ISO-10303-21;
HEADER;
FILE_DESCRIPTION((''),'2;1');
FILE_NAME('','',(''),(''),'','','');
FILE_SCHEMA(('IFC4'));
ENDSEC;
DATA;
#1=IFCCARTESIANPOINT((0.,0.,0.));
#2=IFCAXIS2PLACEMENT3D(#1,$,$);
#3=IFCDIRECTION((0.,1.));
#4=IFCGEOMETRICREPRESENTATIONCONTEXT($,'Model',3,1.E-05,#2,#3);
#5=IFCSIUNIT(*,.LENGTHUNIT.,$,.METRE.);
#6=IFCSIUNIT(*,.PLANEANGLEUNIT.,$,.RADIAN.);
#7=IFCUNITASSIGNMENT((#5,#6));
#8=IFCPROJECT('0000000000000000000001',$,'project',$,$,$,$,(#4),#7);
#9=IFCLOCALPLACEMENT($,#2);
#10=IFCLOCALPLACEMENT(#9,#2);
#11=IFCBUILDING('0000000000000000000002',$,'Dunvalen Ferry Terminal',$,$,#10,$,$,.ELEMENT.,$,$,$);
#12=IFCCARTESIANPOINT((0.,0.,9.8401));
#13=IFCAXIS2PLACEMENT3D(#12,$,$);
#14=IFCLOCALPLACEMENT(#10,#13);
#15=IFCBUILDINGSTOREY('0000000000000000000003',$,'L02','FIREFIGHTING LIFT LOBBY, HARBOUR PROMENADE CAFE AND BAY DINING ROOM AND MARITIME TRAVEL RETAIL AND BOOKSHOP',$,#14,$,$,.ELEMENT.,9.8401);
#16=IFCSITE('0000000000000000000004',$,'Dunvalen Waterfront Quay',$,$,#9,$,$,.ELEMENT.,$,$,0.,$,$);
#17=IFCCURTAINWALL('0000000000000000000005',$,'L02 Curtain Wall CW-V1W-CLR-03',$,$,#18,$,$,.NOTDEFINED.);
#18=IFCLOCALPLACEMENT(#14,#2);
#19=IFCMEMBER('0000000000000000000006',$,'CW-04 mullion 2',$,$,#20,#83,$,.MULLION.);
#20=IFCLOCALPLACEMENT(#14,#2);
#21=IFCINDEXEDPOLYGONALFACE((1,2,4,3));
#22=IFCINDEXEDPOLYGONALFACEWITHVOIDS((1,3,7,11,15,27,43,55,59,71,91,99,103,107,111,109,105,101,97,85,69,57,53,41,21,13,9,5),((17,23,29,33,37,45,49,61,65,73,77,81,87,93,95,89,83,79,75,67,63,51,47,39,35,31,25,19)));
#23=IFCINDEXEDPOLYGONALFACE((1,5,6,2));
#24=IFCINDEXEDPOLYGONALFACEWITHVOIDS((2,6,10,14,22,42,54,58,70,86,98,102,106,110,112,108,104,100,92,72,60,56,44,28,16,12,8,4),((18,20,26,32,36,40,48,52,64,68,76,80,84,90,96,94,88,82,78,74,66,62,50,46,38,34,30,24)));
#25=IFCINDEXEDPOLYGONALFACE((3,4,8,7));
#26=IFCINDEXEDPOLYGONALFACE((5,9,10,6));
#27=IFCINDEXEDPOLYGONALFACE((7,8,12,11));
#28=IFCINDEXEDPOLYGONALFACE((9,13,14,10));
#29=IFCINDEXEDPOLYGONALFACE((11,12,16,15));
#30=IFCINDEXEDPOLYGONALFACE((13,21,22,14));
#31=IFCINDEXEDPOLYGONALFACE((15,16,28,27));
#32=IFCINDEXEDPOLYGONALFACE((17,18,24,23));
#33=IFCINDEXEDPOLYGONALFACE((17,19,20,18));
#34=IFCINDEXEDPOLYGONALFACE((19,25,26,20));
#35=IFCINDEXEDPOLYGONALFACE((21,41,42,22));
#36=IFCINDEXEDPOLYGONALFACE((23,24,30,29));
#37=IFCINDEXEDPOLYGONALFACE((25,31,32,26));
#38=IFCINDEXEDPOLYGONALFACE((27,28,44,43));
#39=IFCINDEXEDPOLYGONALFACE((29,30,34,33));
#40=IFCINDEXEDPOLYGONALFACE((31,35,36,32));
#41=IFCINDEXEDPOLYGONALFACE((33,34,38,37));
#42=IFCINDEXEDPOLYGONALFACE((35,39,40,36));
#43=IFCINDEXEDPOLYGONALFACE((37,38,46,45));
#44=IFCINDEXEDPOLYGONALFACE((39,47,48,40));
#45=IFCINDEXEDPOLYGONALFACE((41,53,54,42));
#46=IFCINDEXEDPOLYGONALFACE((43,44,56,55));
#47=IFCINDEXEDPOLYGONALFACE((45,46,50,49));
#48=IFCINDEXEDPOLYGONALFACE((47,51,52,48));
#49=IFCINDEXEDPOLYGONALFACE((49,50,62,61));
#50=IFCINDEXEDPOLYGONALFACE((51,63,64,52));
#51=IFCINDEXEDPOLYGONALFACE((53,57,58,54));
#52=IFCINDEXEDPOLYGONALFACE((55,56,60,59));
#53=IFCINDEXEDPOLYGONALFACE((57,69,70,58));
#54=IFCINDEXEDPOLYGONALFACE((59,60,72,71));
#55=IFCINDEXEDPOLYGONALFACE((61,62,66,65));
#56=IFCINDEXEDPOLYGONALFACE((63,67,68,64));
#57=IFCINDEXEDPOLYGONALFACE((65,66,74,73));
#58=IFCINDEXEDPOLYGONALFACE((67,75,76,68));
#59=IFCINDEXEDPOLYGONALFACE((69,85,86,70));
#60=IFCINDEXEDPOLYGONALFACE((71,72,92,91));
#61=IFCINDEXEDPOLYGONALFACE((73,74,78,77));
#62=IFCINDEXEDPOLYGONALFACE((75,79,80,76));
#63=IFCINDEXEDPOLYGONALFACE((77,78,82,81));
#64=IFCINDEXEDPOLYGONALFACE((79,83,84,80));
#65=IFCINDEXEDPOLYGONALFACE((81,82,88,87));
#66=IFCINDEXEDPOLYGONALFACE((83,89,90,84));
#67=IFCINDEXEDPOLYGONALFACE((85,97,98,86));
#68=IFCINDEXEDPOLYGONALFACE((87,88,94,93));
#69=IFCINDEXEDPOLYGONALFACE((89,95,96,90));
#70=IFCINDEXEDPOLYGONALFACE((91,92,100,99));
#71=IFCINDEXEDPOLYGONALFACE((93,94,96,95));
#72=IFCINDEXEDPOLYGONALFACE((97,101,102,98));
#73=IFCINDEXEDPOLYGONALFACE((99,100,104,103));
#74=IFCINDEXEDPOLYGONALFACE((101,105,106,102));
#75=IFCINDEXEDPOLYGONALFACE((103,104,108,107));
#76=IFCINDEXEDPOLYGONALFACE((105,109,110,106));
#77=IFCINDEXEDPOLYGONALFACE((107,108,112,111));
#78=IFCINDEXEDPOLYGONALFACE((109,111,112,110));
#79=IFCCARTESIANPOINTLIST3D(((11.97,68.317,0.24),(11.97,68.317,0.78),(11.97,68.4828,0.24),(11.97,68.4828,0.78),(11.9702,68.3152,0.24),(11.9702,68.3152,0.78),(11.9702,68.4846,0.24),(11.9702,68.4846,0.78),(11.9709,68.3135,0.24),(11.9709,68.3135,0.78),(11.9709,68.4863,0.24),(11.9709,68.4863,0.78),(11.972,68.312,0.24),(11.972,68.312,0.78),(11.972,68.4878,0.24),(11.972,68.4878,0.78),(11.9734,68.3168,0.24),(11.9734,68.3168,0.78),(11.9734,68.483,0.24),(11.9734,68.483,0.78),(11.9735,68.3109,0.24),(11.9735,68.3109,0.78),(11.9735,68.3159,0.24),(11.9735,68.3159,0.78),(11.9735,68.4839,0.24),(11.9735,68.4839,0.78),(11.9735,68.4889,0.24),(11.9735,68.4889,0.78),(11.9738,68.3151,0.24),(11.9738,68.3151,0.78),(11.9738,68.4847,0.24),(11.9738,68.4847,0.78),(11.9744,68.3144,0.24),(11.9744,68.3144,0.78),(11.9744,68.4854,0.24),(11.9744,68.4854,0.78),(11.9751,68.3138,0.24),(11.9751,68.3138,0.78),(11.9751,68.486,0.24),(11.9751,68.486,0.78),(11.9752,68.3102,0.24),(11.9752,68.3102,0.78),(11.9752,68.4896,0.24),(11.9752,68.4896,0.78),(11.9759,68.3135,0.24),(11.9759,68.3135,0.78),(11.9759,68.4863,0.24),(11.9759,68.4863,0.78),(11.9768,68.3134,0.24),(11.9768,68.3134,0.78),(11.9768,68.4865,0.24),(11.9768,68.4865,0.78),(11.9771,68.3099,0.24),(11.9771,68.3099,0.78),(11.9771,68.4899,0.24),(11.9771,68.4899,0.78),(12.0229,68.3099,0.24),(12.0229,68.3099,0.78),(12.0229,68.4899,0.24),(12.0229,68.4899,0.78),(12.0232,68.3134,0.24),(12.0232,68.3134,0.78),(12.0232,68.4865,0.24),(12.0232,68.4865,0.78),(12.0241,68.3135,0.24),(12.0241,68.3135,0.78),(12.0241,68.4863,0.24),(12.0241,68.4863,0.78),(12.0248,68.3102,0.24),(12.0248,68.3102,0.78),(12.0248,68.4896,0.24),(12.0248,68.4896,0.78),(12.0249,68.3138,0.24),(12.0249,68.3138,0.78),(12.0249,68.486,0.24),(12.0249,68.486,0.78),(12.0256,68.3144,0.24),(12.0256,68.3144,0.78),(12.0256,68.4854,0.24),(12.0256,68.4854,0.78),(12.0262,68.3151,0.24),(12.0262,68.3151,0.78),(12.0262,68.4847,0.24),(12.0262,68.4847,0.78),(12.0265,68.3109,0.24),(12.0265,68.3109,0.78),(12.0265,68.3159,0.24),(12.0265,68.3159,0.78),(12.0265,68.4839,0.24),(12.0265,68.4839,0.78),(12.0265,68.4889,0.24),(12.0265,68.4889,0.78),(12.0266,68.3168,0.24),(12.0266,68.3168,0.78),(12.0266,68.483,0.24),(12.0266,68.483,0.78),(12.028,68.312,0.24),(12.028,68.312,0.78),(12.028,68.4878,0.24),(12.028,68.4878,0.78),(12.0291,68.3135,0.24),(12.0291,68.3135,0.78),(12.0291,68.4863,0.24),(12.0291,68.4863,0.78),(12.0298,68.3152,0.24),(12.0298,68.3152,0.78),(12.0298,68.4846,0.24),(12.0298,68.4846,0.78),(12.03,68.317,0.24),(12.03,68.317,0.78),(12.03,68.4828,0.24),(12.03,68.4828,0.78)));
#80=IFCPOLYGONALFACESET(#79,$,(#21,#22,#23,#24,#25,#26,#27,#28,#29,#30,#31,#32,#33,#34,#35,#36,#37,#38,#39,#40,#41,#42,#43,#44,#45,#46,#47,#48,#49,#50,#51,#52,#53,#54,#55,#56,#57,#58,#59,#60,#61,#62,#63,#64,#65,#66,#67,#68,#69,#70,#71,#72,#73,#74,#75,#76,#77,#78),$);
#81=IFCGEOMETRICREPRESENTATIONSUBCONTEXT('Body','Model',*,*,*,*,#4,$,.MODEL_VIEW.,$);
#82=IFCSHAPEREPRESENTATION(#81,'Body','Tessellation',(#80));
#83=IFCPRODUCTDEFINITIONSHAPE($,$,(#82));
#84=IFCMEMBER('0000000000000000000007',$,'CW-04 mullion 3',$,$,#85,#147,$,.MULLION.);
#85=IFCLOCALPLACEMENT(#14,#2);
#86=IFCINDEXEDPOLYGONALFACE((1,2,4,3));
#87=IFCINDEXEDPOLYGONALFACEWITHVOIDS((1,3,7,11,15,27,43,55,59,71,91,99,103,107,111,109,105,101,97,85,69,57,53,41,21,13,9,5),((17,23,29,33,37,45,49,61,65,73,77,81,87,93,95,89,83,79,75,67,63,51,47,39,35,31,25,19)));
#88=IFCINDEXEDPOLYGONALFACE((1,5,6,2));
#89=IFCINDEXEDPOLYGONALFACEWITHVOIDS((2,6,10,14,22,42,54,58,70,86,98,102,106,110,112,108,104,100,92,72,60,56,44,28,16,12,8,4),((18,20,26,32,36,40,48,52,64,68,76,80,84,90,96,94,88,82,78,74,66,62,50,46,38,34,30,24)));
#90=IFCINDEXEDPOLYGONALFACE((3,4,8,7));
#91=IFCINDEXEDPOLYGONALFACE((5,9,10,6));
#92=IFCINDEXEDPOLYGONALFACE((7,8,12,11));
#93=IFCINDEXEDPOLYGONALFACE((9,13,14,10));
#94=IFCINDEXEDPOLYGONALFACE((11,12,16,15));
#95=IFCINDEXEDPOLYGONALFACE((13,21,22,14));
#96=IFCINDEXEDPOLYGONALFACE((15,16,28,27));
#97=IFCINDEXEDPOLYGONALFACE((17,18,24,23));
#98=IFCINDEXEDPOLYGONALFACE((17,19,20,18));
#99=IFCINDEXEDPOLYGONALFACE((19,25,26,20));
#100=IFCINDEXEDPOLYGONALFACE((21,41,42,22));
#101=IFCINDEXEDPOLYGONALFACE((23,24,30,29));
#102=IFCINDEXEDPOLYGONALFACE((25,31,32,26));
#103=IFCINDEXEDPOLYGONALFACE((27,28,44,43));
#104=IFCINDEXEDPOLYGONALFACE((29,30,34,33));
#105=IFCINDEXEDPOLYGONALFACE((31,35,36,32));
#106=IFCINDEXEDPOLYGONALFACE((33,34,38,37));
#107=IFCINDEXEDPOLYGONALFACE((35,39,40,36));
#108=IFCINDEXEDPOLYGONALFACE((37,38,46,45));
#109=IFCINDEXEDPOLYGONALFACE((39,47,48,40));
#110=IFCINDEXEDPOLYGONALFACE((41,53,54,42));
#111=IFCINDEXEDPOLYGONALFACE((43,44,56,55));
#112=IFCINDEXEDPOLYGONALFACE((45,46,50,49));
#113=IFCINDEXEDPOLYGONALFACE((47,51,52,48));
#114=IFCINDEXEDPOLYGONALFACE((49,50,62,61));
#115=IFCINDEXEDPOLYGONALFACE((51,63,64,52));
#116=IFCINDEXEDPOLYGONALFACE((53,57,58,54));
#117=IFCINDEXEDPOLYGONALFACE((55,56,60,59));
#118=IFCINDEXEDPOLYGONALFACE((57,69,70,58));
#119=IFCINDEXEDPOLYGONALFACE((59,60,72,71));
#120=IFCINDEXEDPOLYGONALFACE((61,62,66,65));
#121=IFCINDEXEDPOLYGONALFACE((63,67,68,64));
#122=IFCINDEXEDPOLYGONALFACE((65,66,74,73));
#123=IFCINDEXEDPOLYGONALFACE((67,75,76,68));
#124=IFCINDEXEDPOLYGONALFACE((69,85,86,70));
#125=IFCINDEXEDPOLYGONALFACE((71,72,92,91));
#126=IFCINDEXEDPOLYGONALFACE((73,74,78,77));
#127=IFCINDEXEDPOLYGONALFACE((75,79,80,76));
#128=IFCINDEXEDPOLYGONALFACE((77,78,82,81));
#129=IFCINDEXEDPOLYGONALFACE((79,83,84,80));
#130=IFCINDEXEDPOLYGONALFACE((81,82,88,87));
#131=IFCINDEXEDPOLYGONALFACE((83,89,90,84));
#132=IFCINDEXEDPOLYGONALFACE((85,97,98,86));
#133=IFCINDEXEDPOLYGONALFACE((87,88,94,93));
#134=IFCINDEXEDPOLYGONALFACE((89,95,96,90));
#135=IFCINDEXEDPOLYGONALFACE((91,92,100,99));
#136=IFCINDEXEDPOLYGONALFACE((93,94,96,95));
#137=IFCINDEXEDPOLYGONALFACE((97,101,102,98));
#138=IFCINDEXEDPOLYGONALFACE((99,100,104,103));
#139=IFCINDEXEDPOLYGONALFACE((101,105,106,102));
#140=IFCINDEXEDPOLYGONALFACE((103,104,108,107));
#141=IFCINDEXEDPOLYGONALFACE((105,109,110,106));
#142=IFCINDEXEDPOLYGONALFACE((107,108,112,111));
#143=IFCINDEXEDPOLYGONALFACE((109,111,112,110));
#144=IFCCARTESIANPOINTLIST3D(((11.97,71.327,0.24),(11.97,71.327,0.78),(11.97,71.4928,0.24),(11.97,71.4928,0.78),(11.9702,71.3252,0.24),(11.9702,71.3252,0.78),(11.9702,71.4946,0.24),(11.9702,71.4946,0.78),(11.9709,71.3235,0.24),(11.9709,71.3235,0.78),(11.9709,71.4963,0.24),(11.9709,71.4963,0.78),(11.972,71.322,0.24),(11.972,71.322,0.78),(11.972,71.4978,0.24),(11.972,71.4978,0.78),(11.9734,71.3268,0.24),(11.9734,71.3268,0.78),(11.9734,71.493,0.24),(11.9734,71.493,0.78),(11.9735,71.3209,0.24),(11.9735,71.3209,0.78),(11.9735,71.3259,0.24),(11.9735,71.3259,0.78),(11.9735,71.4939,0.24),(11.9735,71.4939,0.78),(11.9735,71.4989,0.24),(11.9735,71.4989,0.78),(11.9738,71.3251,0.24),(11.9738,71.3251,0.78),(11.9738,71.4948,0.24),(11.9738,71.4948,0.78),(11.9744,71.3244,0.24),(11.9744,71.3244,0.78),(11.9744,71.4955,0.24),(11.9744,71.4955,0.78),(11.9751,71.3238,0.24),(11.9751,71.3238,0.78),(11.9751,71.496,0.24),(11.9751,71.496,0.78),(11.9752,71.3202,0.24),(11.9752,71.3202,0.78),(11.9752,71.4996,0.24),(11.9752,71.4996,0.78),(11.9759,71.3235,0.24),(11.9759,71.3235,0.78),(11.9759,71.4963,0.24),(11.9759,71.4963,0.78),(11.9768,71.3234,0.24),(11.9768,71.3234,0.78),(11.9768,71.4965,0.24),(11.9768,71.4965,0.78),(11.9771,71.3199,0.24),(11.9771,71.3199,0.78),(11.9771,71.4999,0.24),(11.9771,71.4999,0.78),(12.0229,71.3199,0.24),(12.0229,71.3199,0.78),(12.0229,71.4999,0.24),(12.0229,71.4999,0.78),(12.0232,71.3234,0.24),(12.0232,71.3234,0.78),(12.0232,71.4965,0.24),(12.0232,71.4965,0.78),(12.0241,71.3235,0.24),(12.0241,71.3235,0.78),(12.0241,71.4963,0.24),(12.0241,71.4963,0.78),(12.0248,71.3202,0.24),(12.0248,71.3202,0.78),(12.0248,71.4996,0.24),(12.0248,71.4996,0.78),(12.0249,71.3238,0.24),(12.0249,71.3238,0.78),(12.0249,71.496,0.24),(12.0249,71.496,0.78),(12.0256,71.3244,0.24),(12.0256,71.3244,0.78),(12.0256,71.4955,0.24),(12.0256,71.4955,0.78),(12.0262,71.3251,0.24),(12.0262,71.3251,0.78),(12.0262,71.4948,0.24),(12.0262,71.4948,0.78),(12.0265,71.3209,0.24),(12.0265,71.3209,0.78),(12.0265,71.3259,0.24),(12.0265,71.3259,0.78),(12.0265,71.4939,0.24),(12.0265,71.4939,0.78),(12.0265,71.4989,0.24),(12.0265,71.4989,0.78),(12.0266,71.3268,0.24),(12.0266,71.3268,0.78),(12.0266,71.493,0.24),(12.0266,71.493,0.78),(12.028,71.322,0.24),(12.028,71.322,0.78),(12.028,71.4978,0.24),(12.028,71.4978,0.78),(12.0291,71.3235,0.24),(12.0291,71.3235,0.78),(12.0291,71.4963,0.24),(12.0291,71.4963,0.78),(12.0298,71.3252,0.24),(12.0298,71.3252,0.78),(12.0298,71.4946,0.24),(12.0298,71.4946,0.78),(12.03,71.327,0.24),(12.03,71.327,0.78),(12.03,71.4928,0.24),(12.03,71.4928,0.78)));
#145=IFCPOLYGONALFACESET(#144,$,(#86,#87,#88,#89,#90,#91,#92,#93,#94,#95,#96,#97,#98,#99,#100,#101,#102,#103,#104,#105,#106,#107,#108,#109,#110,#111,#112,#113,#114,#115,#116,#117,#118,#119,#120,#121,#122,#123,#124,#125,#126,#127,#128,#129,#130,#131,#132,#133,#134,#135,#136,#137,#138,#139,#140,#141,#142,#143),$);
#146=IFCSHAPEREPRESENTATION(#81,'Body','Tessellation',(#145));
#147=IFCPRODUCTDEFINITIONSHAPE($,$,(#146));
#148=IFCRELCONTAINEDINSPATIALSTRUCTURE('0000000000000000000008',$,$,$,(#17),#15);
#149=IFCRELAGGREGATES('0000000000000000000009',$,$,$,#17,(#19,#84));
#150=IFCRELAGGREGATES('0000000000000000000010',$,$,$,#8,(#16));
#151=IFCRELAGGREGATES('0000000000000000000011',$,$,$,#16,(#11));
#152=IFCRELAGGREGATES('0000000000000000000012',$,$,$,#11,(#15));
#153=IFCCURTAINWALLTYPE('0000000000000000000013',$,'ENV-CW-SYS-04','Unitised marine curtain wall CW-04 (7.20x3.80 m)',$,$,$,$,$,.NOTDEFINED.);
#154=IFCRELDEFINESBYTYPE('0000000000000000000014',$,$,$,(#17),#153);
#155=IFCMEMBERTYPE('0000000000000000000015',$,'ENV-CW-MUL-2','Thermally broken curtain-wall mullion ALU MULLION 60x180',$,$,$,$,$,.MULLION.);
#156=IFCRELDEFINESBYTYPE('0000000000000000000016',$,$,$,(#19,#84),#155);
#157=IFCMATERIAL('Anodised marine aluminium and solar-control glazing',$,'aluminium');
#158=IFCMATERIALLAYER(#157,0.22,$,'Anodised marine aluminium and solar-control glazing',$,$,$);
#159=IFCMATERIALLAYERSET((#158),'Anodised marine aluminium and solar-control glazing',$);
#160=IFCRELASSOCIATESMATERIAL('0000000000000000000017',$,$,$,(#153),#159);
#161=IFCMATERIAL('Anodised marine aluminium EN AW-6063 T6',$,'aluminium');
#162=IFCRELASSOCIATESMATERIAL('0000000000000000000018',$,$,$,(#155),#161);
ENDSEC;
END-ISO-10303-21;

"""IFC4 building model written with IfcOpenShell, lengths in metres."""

from ifc_helpers import new_model, si_unit, direction, frame, origin, origin_2d, place, context, subcontext, project, spatial, hollow_rectangle, extrude, material, layer, layer_set, material_profile, profile_set, type_object, element, aggregate, save


model = new_model("IFC4")

# Units and contexts
model_context = context("Model", 3, precision=1e-05, world=origin(), true_north=direction((0.0, 1.0)))
body_context = subcontext(model_context, "Body", "Model", "MODEL_VIEW")
ifc_project = project(units=[si_unit("LENGTHUNIT", "METRE"), si_unit("PLANEANGLEUNIT", "RADIAN")], contexts=[model_context])

# Site, building, storey
site_placement = place(None, origin())
site = spatial("IfcSite", under=ifc_project, at=site_placement, Name="Dunvalen Waterfront Quay", CompositionType="ELEMENT", RefElevation=0.0)
building_placement = place(site_placement, origin())
building = spatial("IfcBuilding", under=site, at=building_placement, Name="Dunvalen Ferry Terminal", CompositionType="ELEMENT")
storey_placement = place(building_placement, frame((0.0, 0.0, 9.8401)))
storey = spatial("IfcBuildingStorey", under=building, at=storey_placement, Name="L02", Description="FIREFIGHTING LIFT LOBBY, HARBOUR PROMENADE CAFE AND BAY DINING ROOM AND MARITIME TRAVEL RETAIL AND BOOKSHOP", CompositionType="ELEMENT", Elevation=9.8401)

# Curtain wall, members
ifc_material_1 = material(Name="Anodised marine aluminium and solar-control glazing", Category="aluminium")
ifc_layer_1 = layer(ifc_material_1, 0.22, Name="Anodised marine aluminium and solar-control glazing")
ifc_layer_set_1 = layer_set([ifc_layer_1], Name="Anodised marine aluminium and solar-control glazing")
curtain_wall_type = type_object("IfcCurtainWallType", Name="ENV-CW-SYS-04", Description="Unitised marine curtain wall CW-04 (7.20x3.80 m)", PredefinedType="NOTDEFINED", material=ifc_layer_set_1)
curtain_wall_1_placement = place(storey_placement, origin())
curtain_wall_1 = element("IfcCurtainWall", 1, at=curtain_wall_1_placement, inside=storey, type_object=curtain_wall_type, Name="L02 Curtain Wall CW-V1W-CLR-03", PredefinedType="NOTDEFINED")
ifc_material_2 = material(Name="Anodised marine aluminium EN AW-6063 T6", Category="aluminium")
ifc_material_profile_1 = material_profile(ifc_material_2, hollow_rectangle(XDim=0.0601, YDim=0.1799, WallThickness=0.0034, InnerFilletRadius=0.0034, OuterFilletRadius=0.0071, at=origin_2d()), Name="Anodised marine aluminium EN AW-6063 T6")
ifc_profile_set_1 = profile_set([ifc_material_profile_1], Name="Anodised marine aluminium EN AW-6063 T6")
member_type_1 = type_object("IfcMemberType", Name="ENV-CW-MUL-2", Description="Thermally broken curtain-wall mullion ALU MULLION 60x180", PredefinedType="MULLION", material=ifc_profile_set_1)
member_1_placement = place(storey_placement, frame((12.0, 68.3999, 0.24), z_axis=(0.0, 0.0, 1.0), x_axis=(-1.0, 0.0, 0.0)))
member_1 = element("IfcMember", 2, at=member_1_placement, type_object=member_type_1, Name="CW-04 mullion 2", PredefinedType="MULLION", context=body_context, shape_type="SweptSolid", body=[
    extrude(hollow_rectangle(XDim=0.0601, YDim=0.1799, WallThickness=0.0034, InnerFilletRadius=0.0034, OuterFilletRadius=0.0071, at=origin_2d()), origin(), (0.0, 0.0, 1.0), 0.54),
])
member_2_placement = place(storey_placement, frame((12.0, 71.4099, 0.24), z_axis=(0.0, 0.0, 1.0), x_axis=(-1.0, 0.0, 0.0)))
member_2 = element("IfcMember", 3, at=member_2_placement, type_object=member_type_1, Name="CW-04 mullion 3", PredefinedType="MULLION", context=body_context, shape_type="SweptSolid", body=[
    extrude(hollow_rectangle(XDim=0.0601, YDim=0.1799, WallThickness=0.0034, InnerFilletRadius=0.0034, OuterFilletRadius=0.0071, at=origin_2d()), origin(), (0.0, 0.0, 1.0), 0.54),
])

aggregate(curtain_wall_1, [member_1, member_2])

save(model, "model.ifc")
